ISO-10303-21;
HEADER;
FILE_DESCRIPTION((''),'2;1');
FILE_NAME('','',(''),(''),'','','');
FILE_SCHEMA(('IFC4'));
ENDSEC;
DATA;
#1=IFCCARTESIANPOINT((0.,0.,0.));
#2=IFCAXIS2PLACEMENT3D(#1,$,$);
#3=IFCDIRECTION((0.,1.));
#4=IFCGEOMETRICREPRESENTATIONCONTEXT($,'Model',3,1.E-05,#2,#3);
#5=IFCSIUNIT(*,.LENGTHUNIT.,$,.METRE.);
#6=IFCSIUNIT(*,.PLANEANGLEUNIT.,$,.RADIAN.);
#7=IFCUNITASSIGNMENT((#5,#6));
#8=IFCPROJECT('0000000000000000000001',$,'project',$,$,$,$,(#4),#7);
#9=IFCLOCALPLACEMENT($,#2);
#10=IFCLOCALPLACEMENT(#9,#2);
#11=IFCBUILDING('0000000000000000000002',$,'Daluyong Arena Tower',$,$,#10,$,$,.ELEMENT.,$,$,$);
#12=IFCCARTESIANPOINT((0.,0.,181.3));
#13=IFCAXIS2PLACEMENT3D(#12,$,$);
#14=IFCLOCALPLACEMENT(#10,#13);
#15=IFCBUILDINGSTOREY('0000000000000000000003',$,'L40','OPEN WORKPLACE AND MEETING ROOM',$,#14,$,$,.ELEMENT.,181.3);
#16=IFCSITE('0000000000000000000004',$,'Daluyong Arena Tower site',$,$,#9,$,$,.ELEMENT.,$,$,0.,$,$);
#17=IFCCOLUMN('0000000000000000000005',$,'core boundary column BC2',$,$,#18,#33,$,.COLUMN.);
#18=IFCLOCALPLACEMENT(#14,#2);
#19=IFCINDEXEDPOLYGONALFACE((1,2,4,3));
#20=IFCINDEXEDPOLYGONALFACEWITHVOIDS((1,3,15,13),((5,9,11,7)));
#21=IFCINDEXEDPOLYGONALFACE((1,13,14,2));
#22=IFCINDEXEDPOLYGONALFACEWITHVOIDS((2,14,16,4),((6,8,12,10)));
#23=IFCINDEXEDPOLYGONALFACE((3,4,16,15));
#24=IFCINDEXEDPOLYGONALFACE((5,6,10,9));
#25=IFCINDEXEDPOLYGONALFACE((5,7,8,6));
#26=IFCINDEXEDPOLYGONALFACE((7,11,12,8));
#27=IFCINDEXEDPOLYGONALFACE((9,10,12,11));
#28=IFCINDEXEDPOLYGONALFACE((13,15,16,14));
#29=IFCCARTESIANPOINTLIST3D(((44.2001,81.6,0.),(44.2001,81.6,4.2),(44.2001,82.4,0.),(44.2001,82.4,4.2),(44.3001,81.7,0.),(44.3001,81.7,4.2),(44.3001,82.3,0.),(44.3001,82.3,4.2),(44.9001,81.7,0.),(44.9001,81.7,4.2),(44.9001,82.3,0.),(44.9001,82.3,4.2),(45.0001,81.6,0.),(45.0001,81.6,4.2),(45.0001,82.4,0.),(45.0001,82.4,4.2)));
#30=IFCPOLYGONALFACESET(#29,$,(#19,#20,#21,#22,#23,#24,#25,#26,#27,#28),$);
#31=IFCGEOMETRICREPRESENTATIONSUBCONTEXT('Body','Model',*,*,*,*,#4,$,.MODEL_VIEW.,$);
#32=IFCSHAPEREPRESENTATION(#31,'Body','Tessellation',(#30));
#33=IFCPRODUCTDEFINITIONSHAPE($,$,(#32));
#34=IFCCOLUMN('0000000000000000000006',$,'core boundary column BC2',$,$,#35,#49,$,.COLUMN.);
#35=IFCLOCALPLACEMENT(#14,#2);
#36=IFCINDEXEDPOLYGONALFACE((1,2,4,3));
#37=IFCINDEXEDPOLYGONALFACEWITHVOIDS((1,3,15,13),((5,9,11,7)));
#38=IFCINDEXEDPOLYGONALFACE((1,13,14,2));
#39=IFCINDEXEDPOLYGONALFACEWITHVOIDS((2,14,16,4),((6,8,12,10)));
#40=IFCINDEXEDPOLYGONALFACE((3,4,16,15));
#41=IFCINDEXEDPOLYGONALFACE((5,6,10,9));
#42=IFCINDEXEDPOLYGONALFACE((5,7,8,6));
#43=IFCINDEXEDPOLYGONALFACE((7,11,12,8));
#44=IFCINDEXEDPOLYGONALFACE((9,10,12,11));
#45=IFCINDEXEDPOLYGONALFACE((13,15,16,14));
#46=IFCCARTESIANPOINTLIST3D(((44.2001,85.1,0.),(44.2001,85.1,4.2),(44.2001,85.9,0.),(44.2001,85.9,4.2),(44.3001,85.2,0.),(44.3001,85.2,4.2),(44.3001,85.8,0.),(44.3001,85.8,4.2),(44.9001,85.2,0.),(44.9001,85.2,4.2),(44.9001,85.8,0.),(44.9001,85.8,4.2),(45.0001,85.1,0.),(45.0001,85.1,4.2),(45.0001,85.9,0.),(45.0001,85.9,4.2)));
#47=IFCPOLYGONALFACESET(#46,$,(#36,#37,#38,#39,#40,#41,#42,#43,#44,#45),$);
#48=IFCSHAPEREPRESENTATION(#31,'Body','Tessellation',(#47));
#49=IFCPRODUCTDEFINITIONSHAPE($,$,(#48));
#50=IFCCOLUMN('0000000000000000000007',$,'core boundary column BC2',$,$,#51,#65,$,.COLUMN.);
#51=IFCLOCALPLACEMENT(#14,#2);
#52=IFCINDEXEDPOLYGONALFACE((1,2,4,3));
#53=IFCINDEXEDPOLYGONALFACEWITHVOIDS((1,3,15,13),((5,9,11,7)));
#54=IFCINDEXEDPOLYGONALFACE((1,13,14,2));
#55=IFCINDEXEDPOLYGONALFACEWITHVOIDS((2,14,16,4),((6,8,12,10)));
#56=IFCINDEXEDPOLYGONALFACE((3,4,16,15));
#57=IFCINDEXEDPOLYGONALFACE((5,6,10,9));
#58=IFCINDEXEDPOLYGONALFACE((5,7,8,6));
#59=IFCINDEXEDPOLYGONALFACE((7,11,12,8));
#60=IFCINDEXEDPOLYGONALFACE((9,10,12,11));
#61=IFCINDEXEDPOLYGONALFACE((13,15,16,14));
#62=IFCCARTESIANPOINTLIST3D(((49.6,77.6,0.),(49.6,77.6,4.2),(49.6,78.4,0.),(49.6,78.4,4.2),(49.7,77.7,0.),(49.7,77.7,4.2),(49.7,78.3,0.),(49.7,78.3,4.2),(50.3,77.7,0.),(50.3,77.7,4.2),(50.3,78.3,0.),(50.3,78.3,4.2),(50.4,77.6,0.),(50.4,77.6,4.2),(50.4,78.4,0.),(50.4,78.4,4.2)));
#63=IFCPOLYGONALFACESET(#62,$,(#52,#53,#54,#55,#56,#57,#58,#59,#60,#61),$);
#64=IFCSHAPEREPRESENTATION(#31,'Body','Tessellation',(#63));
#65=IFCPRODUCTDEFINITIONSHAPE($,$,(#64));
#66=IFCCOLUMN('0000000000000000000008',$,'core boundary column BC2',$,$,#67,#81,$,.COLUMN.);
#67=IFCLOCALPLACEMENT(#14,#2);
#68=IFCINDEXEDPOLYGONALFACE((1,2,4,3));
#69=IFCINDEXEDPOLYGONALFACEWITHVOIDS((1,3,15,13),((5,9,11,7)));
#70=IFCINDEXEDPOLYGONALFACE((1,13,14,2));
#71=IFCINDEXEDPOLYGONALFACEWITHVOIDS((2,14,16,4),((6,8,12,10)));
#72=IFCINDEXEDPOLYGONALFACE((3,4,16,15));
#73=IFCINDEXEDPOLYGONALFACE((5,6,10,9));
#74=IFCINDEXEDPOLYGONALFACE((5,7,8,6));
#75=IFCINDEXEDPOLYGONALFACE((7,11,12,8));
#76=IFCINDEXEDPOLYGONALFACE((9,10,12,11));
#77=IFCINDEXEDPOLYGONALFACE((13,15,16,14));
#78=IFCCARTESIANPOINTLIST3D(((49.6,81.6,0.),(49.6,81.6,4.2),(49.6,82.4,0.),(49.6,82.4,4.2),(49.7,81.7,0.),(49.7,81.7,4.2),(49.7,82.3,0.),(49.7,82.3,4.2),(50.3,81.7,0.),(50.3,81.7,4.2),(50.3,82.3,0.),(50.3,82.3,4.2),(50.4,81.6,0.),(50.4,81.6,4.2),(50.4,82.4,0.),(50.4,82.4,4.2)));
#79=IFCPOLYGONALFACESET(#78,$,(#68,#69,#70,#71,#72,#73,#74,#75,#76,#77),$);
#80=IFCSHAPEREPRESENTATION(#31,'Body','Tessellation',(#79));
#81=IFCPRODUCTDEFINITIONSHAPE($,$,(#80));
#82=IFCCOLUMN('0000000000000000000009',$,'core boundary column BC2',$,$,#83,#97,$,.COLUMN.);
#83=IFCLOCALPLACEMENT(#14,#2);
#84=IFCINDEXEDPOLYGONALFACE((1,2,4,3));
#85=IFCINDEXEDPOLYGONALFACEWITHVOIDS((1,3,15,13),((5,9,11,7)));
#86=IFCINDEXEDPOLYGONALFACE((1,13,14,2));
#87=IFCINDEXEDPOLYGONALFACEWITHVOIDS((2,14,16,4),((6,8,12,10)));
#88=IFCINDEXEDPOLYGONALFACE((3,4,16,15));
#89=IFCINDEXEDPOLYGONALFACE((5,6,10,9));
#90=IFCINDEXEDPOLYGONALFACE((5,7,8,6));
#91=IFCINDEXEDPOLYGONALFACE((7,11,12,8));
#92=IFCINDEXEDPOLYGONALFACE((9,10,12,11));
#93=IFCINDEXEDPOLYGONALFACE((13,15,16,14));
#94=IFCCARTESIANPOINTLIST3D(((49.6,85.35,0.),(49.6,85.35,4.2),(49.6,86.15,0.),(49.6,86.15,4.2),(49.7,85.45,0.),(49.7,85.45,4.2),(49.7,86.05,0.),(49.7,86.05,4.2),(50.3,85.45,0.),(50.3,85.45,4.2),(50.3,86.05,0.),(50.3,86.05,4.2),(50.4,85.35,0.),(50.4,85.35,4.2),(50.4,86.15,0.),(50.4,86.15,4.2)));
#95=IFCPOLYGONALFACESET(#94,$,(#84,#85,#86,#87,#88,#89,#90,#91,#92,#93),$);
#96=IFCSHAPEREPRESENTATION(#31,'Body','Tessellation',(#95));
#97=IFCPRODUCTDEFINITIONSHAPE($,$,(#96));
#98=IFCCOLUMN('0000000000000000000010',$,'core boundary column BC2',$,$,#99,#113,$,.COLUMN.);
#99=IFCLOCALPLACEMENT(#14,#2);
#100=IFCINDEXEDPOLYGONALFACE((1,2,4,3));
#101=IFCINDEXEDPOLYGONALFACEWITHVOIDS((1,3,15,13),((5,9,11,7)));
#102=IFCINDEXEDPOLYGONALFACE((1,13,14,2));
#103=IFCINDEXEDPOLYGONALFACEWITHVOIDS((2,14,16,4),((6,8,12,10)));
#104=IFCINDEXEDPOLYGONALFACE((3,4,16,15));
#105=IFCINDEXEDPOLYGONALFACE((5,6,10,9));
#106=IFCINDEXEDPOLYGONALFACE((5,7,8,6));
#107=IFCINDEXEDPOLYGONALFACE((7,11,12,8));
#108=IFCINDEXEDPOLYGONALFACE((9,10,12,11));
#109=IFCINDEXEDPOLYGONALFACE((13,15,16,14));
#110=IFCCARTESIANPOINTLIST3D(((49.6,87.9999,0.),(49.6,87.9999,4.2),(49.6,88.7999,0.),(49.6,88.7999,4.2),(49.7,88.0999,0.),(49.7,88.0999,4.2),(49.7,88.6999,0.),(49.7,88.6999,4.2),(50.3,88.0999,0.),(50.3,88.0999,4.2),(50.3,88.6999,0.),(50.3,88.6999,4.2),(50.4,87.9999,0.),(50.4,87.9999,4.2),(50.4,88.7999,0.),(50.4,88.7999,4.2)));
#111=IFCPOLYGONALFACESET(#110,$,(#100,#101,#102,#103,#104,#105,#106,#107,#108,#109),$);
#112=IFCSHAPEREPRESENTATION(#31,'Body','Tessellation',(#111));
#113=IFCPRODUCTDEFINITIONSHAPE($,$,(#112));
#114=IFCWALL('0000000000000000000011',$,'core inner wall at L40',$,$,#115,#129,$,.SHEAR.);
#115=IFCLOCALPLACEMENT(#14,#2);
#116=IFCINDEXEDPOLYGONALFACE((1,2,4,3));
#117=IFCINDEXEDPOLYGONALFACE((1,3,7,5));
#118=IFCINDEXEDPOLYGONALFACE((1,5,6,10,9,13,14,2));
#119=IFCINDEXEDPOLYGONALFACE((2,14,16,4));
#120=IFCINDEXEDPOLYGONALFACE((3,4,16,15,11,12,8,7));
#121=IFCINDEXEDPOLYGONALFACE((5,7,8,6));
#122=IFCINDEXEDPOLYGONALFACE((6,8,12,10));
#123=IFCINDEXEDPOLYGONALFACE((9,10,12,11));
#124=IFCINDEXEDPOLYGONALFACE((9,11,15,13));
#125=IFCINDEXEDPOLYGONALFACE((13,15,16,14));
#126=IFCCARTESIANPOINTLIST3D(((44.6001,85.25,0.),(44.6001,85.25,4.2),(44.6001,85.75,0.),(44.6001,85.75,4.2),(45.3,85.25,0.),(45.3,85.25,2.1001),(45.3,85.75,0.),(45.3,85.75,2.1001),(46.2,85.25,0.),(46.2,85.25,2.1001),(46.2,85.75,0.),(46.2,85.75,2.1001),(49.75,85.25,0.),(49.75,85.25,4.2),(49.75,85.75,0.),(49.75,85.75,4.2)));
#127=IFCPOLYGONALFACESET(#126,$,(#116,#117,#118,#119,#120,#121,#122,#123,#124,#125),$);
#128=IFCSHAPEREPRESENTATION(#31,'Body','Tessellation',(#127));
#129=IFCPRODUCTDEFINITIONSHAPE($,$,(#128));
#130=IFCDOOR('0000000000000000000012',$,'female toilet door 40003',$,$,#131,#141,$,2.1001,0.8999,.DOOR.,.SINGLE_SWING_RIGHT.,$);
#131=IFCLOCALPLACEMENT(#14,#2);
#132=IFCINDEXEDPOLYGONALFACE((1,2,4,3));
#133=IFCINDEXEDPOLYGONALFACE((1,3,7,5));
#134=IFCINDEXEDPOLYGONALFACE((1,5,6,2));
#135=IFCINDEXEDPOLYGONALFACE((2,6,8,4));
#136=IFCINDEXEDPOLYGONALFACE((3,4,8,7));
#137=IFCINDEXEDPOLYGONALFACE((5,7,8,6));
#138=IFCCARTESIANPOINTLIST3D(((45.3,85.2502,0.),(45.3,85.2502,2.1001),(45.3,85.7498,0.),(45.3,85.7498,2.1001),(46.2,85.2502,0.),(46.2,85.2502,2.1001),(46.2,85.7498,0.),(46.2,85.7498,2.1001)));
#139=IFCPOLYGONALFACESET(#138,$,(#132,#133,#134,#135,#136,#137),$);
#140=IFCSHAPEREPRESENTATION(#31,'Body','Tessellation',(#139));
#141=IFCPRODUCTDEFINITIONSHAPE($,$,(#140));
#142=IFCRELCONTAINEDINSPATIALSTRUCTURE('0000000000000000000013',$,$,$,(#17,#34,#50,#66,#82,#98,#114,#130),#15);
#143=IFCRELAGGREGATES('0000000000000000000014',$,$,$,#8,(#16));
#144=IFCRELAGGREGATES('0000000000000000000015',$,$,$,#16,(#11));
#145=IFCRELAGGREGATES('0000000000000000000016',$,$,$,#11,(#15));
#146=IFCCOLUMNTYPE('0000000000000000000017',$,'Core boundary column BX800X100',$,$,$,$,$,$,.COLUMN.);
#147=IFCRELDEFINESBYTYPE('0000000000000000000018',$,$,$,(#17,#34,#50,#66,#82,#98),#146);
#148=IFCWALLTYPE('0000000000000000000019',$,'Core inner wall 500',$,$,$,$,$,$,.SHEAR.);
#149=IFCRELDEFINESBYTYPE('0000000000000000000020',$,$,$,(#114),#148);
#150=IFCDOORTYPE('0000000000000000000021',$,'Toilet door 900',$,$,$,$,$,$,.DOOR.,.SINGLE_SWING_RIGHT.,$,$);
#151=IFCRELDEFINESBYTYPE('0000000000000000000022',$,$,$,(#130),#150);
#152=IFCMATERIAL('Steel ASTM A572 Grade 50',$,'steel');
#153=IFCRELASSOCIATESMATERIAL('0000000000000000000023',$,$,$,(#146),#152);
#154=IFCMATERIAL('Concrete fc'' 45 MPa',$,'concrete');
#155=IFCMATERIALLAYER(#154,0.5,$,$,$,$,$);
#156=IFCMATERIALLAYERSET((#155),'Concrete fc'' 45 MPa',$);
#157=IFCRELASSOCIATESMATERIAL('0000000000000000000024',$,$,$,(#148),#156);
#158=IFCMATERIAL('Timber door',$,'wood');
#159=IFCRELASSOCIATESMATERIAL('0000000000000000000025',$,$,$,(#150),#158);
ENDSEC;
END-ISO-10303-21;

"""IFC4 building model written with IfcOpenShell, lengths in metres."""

from ifc_helpers import new_model, si_unit, direction, frame, frame_2d, origin, origin_2d, place, context, subcontext, project, spatial, rectangle, hollow_rectangle, extrude, material, layer, layer_set, material_profile, profile_set, type_object, element, fill, save


model = new_model("IFC4")

# Units and contexts
model_context = context("Model", 3, precision=1e-05, world=origin(), true_north=direction((0.0, 1.0)))
body_context = subcontext(model_context, "Body", "Model", "MODEL_VIEW")
ifc_project = project(units=[si_unit("LENGTHUNIT", "METRE"), si_unit("PLANEANGLEUNIT", "RADIAN")], contexts=[model_context])

# Site, building, storey
site_placement = place(None, origin())
site = spatial("IfcSite", under=ifc_project, at=site_placement, Name="Daluyong Arena Tower site", CompositionType="ELEMENT", RefElevation=0.0)
building_placement = place(site_placement, origin())
building = spatial("IfcBuilding", under=site, at=building_placement, Name="Daluyong Arena Tower", CompositionType="ELEMENT")
storey_placement = place(building_placement, frame((0.0, 0.0, 181.3)))
storey = spatial("IfcBuildingStorey", under=building, at=storey_placement, Name="L40", Description="OPEN WORKPLACE AND MEETING ROOM", CompositionType="ELEMENT", Elevation=181.3)

# Columns
ifc_material_1 = material(Name="Steel ASTM A572 Grade 50", Category="steel")
ifc_material_profile = material_profile(ifc_material_1, hollow_rectangle(XDim=0.8, YDim=0.8, WallThickness=0.1, at=origin_2d()))
ifc_profile_set = profile_set([ifc_material_profile], Name="Steel ASTM A572 Grade 50")
column_type = type_object("IfcColumnType", Name="Core boundary column BX800X100", PredefinedType="COLUMN", material=ifc_profile_set)
for number, where, z_axis, x_axis, name in (
    (1, (44.6001, 82.0, 0.0), (0.0, 0.0, 1.0), (1.0, 0.0, 0.0), "core boundary column BC2"),
    (2, (44.6001, 85.5, 0.0), (0.0, 0.0, 1.0), (1.0, 0.0, 0.0), "core boundary column BC2"),
    (3, (50.0, 78.0, 0.0), (0.0, 0.0, 1.0), (1.0, 0.0, 0.0), "core boundary column BC2"),
    (4, (50.0, 82.0, 0.0), (0.0, 0.0, 1.0), (1.0, 0.0, 0.0), "core boundary column BC2"),
    (5, (50.0, 85.75, 0.0), (0.0, 0.0, 1.0), (1.0, 0.0, 0.0), "core boundary column BC2"),
    (6, (50.0, 88.3999, 0.0), (0.0, 0.0, 1.0), (1.0, 0.0, 0.0), "core boundary column BC2"),
):
    element("IfcColumn", number, at=place(storey_placement, frame(where, z_axis=z_axis, x_axis=x_axis)), inside=storey, type_object=column_type, Name=name, PredefinedType="COLUMN", context=body_context, shape_type="SweptSolid", body=[
        extrude(hollow_rectangle(XDim=0.8, YDim=0.8, WallThickness=0.1, at=origin_2d()), origin(), (0.0, 0.0, 1.0), 4.2),
    ])

# Wall, opening, door
ifc_material_2 = material(Name="Concrete fc' 45 MPa", Category="concrete")
ifc_layer_1 = layer(ifc_material_2, 0.5)
ifc_layer_set_1 = layer_set([ifc_layer_1], Name="Concrete fc' 45 MPa")
wall_type_1 = type_object("IfcWallType", Name="Core inner wall 500", PredefinedType="SHEAR", material=ifc_layer_set_1)
wall_1_placement = place(storey_placement, frame((44.6001, 85.5, 0.0), z_axis=(0.0, 0.0, 1.0), x_axis=(1.0, 0.0, 0.0)))
wall_1 = element("IfcWall", 7, at=wall_1_placement, inside=storey, type_object=wall_type_1, Name="core inner wall at L40", PredefinedType="SHEAR", context=body_context, shape_type="SweptSolid", body=[
    extrude(rectangle(XDim=5.1499, YDim=0.5, at=frame_2d((2.575, 0.0))), origin(), (0.0, 0.0, 1.0), 4.2),
])
opening_1_placement = place(wall_1_placement, frame((0.7, 0.0, 0.0)))
opening_1 = element("IfcOpeningElement", 8, at=opening_1_placement, cuts=wall_1, PredefinedType="OPENING", context=body_context, shape_type="SweptSolid", body=[
    extrude(rectangle(XDim=0.8999, YDim=2.1001, at=frame_2d((0.45, 1.05))), frame((0.0, 0.26, 0.0), z_axis=(0.0, -1.0, 0.0), x_axis=(1.0, 0.0, 0.0)), (0.0, 0.0, 1.0), 0.52),
])
ifc_material_3 = material(Name="Timber door", Category="wood")
door_type_1 = type_object("IfcDoorType", Name="Toilet door 900", OperationType="SINGLE_SWING_RIGHT", PredefinedType="DOOR", material=ifc_material_3)
door_1_placement = place(opening_1_placement, origin())
door_1 = element("IfcDoor", 9, at=door_1_placement, inside=storey, type_object=door_type_1, Name="female toilet door 40003", OperationType="SINGLE_SWING_RIGHT", OverallHeight=2.1001, OverallWidth=0.8999, PredefinedType="DOOR", context=body_context, shape_type="SweptSolid", body=[
    extrude(rectangle(XDim=0.8999, YDim=2.1001, at=frame_2d((0.45, 1.05))), frame((0.0, 0.2498, 0.0), z_axis=(0.0, -1.0, 0.0), x_axis=(1.0, 0.0, 0.0)), (0.0, 0.0, 1.0), 0.4995),
])
fill(opening_1, door_1)

save(model, "model.ifc")
